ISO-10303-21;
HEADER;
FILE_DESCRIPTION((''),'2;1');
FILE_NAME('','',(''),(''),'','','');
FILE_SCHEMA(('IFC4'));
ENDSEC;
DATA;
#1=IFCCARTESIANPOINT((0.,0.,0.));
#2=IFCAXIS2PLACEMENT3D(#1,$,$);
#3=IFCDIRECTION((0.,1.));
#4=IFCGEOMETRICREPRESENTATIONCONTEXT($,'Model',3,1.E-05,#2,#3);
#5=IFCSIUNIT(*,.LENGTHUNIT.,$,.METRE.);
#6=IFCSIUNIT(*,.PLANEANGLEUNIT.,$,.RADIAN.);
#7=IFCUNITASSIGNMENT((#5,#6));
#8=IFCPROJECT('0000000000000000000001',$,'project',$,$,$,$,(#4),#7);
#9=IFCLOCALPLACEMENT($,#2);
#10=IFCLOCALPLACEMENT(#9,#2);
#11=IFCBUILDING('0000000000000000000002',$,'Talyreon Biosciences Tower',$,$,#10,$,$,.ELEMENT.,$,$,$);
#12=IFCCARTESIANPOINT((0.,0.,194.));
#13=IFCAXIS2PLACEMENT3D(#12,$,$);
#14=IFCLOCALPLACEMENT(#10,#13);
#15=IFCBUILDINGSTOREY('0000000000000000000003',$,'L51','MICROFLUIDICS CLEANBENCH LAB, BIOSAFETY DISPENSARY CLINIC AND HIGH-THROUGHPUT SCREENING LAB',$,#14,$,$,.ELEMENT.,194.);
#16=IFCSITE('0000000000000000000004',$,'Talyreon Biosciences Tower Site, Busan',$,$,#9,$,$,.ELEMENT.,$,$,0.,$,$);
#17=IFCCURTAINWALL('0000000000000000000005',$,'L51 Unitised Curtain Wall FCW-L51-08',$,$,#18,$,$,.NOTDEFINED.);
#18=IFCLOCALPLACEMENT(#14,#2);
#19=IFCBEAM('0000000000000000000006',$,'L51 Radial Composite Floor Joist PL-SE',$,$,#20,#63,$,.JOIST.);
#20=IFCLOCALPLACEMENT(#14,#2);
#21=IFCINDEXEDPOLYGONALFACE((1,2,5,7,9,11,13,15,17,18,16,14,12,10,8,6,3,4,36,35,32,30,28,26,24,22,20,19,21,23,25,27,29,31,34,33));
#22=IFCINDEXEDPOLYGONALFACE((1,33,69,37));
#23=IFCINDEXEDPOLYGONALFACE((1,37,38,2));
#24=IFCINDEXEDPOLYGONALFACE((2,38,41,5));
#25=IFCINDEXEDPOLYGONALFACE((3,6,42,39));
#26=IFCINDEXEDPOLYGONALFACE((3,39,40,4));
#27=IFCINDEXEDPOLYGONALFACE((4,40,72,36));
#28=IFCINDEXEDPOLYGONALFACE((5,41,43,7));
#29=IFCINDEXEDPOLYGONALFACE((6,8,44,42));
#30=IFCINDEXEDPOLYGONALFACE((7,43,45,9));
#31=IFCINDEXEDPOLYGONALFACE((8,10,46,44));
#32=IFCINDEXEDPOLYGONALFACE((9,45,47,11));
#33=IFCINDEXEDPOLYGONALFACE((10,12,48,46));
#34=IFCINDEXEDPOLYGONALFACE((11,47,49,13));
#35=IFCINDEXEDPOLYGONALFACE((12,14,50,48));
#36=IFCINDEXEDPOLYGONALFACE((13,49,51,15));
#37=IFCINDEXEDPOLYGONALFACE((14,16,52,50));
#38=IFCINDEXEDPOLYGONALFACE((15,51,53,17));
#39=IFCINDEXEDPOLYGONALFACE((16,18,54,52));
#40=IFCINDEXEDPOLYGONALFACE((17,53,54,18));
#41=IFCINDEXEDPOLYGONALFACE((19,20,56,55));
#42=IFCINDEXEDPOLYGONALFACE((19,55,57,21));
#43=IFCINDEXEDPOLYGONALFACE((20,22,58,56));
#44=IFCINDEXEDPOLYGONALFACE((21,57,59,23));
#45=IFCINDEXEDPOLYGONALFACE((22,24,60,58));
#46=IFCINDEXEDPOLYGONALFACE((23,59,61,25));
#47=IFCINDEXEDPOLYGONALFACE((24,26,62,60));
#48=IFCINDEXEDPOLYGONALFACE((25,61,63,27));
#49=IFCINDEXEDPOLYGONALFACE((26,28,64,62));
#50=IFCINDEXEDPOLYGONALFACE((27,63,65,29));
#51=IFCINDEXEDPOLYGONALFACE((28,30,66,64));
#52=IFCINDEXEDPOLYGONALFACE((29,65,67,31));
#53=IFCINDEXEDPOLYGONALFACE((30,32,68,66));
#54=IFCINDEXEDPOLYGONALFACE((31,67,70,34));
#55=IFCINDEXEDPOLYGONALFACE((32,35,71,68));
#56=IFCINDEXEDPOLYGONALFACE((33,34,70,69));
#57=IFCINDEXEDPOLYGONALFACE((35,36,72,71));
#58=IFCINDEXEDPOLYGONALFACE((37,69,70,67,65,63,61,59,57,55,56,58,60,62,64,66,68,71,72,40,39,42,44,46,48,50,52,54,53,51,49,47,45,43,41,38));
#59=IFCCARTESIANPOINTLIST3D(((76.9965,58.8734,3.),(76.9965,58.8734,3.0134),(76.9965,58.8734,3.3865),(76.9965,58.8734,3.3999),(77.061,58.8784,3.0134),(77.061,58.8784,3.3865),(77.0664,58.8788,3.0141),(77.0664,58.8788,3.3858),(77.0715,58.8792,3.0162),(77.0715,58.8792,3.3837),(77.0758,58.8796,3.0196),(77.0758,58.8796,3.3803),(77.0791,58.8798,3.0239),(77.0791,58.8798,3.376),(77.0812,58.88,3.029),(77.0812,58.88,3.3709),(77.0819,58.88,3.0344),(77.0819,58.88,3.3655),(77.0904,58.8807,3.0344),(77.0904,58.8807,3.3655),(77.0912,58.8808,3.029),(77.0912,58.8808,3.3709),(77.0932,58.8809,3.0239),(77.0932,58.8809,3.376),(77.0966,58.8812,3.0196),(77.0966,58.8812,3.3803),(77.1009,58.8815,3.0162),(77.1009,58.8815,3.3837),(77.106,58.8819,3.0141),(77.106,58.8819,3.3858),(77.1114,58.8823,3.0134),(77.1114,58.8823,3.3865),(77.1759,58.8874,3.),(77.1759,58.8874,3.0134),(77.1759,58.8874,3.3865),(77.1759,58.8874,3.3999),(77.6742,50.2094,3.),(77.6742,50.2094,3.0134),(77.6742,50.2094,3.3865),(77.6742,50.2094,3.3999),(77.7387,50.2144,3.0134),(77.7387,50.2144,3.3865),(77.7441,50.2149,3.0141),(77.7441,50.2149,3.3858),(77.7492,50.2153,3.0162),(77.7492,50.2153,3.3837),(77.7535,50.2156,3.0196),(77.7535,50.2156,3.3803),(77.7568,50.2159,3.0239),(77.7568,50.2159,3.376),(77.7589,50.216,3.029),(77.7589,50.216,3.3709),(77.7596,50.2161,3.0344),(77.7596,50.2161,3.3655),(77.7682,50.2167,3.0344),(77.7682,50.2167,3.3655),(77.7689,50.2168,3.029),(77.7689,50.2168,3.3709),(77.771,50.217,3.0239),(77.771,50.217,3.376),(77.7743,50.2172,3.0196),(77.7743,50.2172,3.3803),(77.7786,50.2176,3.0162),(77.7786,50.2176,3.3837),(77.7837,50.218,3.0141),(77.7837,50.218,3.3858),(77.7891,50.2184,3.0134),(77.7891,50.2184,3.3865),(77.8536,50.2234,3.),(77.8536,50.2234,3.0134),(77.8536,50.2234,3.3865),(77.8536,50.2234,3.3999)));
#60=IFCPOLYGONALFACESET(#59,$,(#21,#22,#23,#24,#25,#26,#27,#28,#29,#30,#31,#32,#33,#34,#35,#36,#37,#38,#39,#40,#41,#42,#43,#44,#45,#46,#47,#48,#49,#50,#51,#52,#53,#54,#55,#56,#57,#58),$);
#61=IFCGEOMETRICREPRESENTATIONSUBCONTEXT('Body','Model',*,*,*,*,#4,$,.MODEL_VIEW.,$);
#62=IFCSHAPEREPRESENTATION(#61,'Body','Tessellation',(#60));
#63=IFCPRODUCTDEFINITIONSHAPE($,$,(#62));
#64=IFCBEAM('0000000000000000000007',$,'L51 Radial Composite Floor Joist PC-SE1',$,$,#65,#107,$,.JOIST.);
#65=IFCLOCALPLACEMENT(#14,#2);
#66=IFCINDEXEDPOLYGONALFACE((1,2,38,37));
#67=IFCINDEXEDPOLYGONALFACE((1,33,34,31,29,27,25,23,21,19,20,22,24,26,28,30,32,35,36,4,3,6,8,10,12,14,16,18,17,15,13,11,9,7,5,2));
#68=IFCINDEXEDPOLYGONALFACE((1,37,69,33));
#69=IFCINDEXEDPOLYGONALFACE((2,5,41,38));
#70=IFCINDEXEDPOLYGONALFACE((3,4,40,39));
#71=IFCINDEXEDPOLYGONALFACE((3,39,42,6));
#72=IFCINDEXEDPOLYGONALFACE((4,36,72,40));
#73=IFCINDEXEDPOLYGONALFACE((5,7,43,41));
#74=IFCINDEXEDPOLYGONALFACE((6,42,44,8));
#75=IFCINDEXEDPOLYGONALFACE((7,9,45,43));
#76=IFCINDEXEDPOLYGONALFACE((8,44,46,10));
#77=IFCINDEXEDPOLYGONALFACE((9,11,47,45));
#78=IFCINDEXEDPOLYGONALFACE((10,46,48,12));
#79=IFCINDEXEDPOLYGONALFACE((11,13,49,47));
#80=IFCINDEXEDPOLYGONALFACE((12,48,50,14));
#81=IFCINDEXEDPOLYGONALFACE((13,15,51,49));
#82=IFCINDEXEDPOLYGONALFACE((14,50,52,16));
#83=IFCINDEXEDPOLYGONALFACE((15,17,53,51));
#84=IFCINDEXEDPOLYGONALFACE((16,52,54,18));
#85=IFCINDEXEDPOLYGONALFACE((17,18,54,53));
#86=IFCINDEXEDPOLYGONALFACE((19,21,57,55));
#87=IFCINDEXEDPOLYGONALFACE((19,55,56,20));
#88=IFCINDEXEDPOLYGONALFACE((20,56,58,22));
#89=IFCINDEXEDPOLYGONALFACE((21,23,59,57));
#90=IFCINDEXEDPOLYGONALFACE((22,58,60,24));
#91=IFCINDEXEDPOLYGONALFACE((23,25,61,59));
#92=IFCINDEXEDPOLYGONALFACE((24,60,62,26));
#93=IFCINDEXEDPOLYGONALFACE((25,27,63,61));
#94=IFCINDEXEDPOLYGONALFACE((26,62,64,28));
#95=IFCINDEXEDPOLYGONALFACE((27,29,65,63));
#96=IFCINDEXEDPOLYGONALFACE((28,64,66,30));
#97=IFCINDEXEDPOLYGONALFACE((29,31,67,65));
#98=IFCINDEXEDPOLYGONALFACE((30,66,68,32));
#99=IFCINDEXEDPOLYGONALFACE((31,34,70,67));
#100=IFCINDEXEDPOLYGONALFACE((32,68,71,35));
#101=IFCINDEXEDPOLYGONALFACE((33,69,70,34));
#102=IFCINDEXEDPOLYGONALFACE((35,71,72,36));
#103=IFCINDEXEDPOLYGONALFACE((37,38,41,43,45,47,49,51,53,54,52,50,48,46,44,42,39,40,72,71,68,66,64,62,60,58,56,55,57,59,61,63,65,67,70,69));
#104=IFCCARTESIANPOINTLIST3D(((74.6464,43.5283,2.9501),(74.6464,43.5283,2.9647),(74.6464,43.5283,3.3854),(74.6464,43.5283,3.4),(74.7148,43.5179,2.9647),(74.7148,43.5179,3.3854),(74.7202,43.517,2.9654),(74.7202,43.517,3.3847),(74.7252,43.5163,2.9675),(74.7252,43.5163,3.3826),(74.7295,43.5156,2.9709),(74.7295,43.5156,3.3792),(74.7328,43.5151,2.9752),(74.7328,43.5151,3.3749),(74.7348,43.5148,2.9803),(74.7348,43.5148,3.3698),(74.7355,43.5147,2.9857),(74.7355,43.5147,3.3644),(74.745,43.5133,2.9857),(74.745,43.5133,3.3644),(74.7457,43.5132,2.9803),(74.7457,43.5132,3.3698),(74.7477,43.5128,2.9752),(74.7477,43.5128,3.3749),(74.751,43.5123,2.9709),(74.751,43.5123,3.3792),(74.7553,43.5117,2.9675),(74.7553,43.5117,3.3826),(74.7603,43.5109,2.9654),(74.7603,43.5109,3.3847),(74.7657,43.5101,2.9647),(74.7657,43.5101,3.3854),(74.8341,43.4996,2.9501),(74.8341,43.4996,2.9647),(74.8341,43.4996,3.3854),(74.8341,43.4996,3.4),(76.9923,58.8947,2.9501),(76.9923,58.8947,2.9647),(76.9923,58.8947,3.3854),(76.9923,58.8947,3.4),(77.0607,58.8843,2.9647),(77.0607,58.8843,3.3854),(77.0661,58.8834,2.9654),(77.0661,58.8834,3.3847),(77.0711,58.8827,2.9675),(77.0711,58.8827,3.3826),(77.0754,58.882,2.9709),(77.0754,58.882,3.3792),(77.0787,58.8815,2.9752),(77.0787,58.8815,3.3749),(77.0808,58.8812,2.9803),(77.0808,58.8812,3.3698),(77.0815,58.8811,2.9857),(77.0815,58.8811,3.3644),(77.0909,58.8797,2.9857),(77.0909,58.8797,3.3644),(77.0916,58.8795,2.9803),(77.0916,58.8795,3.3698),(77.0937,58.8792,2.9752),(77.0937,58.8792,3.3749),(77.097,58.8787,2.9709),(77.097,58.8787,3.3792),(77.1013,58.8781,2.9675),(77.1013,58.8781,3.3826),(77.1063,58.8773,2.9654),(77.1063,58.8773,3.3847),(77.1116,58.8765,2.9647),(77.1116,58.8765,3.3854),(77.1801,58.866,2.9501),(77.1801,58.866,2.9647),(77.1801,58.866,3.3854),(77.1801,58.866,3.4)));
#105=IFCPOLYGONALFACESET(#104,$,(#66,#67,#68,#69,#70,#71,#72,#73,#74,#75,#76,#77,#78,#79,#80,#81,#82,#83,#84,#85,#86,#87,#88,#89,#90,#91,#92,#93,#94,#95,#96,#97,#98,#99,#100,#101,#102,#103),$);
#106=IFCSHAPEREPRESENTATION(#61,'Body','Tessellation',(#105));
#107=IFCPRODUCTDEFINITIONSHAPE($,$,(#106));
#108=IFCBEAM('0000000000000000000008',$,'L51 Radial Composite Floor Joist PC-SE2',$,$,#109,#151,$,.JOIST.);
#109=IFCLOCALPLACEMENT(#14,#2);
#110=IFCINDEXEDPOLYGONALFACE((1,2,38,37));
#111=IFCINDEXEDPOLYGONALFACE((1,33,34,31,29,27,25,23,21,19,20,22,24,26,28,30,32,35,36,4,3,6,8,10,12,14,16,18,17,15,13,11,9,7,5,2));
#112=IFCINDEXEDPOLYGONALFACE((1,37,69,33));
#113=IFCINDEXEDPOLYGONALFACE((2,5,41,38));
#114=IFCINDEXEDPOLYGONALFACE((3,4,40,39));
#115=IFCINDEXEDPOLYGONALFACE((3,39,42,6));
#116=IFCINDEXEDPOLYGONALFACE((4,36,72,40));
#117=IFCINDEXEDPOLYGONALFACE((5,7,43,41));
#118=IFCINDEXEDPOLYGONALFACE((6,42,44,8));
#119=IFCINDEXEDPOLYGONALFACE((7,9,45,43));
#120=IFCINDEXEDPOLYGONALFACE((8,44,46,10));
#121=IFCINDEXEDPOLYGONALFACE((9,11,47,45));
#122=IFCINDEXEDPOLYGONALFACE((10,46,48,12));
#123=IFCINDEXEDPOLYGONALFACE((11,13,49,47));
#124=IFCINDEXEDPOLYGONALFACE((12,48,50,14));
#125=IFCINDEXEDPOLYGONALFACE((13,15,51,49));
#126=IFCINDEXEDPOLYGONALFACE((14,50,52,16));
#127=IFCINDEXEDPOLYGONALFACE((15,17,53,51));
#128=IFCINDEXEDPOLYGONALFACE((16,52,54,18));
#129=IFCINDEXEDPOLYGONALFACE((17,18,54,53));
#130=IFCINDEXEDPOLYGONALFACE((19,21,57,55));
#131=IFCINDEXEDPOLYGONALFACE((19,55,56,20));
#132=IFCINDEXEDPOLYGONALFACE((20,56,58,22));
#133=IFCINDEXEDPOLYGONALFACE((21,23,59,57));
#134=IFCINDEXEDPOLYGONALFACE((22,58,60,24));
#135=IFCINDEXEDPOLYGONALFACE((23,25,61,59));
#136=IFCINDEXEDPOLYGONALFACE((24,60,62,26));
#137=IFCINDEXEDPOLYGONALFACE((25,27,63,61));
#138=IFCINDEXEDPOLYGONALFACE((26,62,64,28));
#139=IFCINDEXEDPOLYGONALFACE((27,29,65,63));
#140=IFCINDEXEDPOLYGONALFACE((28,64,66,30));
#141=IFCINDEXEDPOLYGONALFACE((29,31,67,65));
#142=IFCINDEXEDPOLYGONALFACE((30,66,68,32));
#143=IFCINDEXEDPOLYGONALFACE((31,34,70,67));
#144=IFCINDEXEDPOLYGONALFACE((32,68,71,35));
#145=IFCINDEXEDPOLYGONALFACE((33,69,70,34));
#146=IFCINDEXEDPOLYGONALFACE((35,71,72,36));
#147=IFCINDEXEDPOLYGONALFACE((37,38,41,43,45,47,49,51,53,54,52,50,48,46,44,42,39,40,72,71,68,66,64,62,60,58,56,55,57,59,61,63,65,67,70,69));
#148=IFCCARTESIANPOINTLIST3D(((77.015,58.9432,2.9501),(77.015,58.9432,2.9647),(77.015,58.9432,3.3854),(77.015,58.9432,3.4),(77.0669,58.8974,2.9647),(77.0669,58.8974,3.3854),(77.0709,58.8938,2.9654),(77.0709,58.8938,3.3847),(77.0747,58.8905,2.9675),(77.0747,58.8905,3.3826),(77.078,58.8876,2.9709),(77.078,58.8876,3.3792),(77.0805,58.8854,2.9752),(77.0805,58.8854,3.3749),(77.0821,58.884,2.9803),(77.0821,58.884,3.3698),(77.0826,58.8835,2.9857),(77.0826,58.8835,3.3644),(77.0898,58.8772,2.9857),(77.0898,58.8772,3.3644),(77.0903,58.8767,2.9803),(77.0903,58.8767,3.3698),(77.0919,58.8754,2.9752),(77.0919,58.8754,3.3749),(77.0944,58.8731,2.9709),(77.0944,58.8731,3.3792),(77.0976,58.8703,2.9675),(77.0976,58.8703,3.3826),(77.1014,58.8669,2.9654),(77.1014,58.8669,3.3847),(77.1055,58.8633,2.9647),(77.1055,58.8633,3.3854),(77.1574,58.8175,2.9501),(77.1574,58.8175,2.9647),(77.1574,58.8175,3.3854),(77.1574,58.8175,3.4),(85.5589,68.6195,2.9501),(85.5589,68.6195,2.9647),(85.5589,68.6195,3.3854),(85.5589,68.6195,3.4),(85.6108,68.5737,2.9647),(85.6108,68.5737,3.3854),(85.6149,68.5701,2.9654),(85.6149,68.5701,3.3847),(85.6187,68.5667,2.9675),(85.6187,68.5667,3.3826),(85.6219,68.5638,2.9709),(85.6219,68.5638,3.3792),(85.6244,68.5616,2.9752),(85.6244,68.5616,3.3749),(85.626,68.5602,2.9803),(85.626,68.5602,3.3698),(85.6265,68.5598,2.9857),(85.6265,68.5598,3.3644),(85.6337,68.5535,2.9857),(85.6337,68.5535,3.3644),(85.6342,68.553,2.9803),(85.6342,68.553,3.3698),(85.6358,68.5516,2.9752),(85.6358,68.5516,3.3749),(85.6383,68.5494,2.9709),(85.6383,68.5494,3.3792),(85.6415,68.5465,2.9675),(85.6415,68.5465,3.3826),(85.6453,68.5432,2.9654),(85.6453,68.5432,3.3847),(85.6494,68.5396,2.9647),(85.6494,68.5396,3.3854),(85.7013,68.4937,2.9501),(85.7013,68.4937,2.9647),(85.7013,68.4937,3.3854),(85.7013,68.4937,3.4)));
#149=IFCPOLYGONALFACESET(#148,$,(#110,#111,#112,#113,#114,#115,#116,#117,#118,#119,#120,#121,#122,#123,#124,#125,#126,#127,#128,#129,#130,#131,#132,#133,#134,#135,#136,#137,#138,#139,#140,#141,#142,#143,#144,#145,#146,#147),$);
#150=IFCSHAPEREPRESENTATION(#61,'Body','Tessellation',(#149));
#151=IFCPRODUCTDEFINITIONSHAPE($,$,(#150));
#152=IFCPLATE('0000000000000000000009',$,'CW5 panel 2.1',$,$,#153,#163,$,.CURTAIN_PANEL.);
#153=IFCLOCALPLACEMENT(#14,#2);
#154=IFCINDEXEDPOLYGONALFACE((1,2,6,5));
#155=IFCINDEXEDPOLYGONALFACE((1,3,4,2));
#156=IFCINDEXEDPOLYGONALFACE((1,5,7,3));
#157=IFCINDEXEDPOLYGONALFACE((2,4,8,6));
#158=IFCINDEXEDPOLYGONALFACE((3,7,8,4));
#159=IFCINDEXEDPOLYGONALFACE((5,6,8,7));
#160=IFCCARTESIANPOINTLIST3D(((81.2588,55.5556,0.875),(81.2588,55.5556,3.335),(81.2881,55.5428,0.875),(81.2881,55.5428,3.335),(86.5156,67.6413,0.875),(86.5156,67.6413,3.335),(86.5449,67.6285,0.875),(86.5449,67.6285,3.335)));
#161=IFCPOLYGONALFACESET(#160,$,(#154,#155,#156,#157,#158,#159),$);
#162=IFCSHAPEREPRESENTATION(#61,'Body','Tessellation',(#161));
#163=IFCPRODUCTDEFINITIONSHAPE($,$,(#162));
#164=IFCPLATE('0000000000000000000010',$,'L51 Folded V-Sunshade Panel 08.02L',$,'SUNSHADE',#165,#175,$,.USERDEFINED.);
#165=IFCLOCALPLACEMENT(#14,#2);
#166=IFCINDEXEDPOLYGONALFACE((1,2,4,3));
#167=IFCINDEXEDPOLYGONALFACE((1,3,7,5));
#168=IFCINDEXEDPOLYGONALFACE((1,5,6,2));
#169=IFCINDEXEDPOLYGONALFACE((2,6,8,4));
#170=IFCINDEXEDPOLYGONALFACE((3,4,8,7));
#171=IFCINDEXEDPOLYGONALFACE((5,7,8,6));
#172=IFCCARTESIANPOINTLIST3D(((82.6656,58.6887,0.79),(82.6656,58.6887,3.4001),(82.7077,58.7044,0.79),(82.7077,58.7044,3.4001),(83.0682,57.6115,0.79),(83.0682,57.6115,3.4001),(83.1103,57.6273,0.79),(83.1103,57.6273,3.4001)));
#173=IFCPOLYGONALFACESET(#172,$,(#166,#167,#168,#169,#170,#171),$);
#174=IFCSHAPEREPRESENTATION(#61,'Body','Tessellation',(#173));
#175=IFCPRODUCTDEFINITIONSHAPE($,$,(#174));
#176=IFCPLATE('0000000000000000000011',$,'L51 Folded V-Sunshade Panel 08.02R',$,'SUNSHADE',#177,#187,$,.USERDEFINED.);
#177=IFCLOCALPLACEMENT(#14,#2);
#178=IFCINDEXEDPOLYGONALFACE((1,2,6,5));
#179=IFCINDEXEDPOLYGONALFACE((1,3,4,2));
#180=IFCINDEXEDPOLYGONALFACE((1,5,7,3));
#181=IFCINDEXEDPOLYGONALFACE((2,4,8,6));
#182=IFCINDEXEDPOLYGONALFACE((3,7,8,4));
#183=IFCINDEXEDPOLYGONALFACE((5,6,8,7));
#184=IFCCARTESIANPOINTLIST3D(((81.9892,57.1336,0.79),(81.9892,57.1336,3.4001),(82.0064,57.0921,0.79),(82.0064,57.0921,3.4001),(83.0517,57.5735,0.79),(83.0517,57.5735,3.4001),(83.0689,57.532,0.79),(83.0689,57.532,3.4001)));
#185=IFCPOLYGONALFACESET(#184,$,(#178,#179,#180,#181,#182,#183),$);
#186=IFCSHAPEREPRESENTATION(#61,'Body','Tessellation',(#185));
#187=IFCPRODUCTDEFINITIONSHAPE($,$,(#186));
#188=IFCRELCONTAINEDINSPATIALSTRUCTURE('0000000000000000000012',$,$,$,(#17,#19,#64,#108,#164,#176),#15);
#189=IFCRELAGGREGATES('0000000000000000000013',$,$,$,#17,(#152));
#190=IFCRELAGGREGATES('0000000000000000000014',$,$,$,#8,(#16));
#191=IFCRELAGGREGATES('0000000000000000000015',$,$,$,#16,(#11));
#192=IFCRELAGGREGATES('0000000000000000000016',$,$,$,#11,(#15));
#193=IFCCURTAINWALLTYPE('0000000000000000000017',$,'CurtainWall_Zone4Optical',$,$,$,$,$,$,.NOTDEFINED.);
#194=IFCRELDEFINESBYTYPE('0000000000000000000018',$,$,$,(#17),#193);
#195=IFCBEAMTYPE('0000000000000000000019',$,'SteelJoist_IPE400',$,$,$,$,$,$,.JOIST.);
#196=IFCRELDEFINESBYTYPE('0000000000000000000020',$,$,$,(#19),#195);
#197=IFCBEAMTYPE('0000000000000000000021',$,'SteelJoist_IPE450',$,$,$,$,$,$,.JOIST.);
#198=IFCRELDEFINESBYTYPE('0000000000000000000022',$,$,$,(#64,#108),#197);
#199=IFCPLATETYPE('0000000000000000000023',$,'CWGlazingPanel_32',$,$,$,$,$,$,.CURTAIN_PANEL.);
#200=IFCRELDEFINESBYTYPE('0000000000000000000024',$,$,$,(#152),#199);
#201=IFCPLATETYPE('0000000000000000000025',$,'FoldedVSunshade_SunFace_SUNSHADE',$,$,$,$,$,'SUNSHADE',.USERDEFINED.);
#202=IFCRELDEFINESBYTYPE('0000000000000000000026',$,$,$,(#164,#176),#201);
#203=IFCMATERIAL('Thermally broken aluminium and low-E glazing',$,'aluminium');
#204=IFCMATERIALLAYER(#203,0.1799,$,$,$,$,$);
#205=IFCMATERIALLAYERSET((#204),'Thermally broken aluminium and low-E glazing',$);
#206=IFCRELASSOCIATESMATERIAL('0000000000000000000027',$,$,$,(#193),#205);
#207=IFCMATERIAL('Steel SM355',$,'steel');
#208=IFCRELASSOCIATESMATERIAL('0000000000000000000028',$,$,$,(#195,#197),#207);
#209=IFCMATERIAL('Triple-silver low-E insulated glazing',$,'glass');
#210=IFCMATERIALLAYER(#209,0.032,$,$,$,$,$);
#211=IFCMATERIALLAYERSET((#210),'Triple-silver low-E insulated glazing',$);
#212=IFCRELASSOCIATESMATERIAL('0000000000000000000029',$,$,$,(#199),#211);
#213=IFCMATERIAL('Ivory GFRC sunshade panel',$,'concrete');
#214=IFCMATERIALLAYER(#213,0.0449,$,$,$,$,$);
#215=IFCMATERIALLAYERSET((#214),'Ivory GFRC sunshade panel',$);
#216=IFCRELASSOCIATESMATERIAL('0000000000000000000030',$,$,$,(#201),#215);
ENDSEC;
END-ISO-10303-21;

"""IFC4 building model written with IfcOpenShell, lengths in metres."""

from ifc_helpers import new_model, si_unit, direction, frame, origin, origin_2d, place, context, subcontext, project, spatial, rectangle, i_section, extrude, material, layer, layer_set, material_profile, profile_set, type_object, element, aggregate, save


model = new_model("IFC4")

# Units and contexts
model_context = context("Model", 3, precision=1e-05, world=origin(), true_north=direction((0.0, 1.0)))
body_context = subcontext(model_context, "Body", "Model", "MODEL_VIEW")
ifc_project = project(units=[si_unit("LENGTHUNIT", "METRE"), si_unit("PLANEANGLEUNIT", "RADIAN")], contexts=[model_context])

# Site, building, storey
site_placement = place(None, origin())
site = spatial("IfcSite", under=ifc_project, at=site_placement, Name="Talyreon Biosciences Tower Site, Busan", CompositionType="ELEMENT", RefElevation=0.0)
building_placement = place(site_placement, origin())
building = spatial("IfcBuilding", under=site, at=building_placement, Name="Talyreon Biosciences Tower", CompositionType="ELEMENT")
storey_placement = place(building_placement, frame((0.0, 0.0, 194.0)))
storey = spatial("IfcBuildingStorey", under=building, at=storey_placement, Name="L51", Description="MICROFLUIDICS CLEANBENCH LAB, BIOSAFETY DISPENSARY CLINIC AND HIGH-THROUGHPUT SCREENING LAB", CompositionType="ELEMENT", Elevation=194.0)

# Curtain wall
ifc_material_1 = material(Name="Thermally broken aluminium and low-E glazing", Category="aluminium")
ifc_layer_1 = layer(ifc_material_1, 0.1799)
ifc_layer_set_1 = layer_set([ifc_layer_1], Name="Thermally broken aluminium and low-E glazing")
curtain_wall_type = type_object("IfcCurtainWallType", Name="CurtainWall_Zone4Optical", PredefinedType="NOTDEFINED", material=ifc_layer_set_1)
curtain_wall_placement = place(storey_placement, origin())
curtain_wall = element("IfcCurtainWall", 1, at=curtain_wall_placement, inside=storey, type_object=curtain_wall_type, Name="L51 Unitised Curtain Wall FCW-L51-08", PredefinedType="NOTDEFINED")

# Beams
ifc_material_2 = material(Name="Steel SM355", Category="steel")
ifc_material_profile_1 = material_profile(ifc_material_2, i_section(OverallWidth=0.1799, OverallDepth=0.3999, WebThickness=0.0085, FlangeThickness=0.0134, FilletRadius=0.021, at=origin_2d()), Name="IPE400")
ifc_profile_set_1 = profile_set([ifc_material_profile_1], Name="Steel SM355")
beam_type_1 = type_object("IfcBeamType", Name="SteelJoist_IPE400", PredefinedType="JOIST", material=ifc_profile_set_1)
beam_1_placement = place(storey_placement, frame((77.0862, 58.8804, 3.2), z_axis=(0.077985, -0.996955, 0.0), x_axis=(0.996955, 0.077985, 0.0)))
element("IfcBeam", 2, at=beam_1_placement, inside=storey, type_object=beam_type_1, Name="L51 Radial Composite Floor Joist PL-SE", PredefinedType="JOIST", context=body_context, shape_type="SweptSolid", body=[
    extrude(i_section(OverallWidth=0.1799, OverallDepth=0.3999, WebThickness=0.0085, FlangeThickness=0.0134, FilletRadius=0.021, at=origin_2d()), origin(), (0.0, 0.0, 1.0), 8.6904),
])
ifc_material_profile_2 = material_profile(ifc_material_2, i_section(OverallWidth=0.1899, OverallDepth=0.45, WebThickness=0.0095, FlangeThickness=0.0146, FilletRadius=0.021, at=origin_2d()), Name="IPE450")
ifc_profile_set_2 = profile_set([ifc_material_profile_2], Name="Steel SM355")
beam_type_2 = type_object("IfcBeamType", Name="SteelJoist_IPE450", PredefinedType="JOIST", material=ifc_profile_set_2)
beam_2_placement = place(storey_placement, frame((77.0862, 58.8804, 3.175), z_axis=(-0.150918, -0.988546, 0.0), x_axis=(0.988546, -0.150918, 0.0)))
element("IfcBeam", 3, at=beam_2_placement, inside=storey, type_object=beam_type_2, Name="L51 Radial Composite Floor Joist PC-SE1", PredefinedType="JOIST", context=body_context, shape_type="SweptSolid", body=[
    extrude(i_section(OverallWidth=0.1899, OverallDepth=0.45, WebThickness=0.0095, FlangeThickness=0.0146, FilletRadius=0.021, at=origin_2d()), origin(), (0.0, 0.0, 1.0), 15.5444),
])
beam_3_placement = place(storey_placement, frame((77.0862, 58.8804, 3.175), z_axis=(0.661886, 0.749605, 0.0), x_axis=(-0.749605, 0.661886, 0.0)))
element("IfcBeam", 4, at=beam_3_placement, inside=storey, type_object=beam_type_2, Name="L51 Radial Composite Floor Joist PC-SE2", PredefinedType="JOIST", context=body_context, shape_type="SweptSolid", body=[
    extrude(i_section(OverallWidth=0.1899, OverallDepth=0.45, WebThickness=0.0095, FlangeThickness=0.0146, FilletRadius=0.021, at=origin_2d()), origin(), (0.0, 0.0, 1.0), 12.9084),
])

# Plate
ifc_material_3 = material(Name="Triple-silver low-E insulated glazing", Category="glass")
ifc_layer_2 = layer(ifc_material_3, 0.032)
ifc_layer_set_2 = layer_set([ifc_layer_2], Name="Triple-silver low-E insulated glazing")
plate_type_1 = type_object("IfcPlateType", Name="CWGlazingPanel_32", PredefinedType="CURTAIN_PANEL", material=ifc_layer_set_2)
plate_placement = place(storey_placement, frame((83.9019, 61.592, 0.875), z_axis=(0.0, 0.0, 1.0), x_axis=(-0.398862, -0.917011, 0.0)))
plate = element("IfcPlate", 5, at=plate_placement, type_object=plate_type_1, Name="CW5 panel 2.1", PredefinedType="CURTAIN_PANEL", context=body_context, shape_type="SweptSolid", body=[
    extrude(rectangle(XDim=13.1794, YDim=0.032, at=origin_2d()), origin(), (0.0, 0.0, 1.0), 2.46),
])
aggregate(curtain_wall, [plate])

# Plates
ifc_material_4 = material(Name="Ivory GFRC sunshade panel", Category="concrete")
ifc_layer_3 = layer(ifc_material_4, 0.0449)
ifc_layer_set_3 = layer_set([ifc_layer_3], Name="Ivory GFRC sunshade panel")
plate_type_2 = type_object("IfcPlateType", Name="FoldedVSunshade_SunFace_SUNSHADE", ElementType="SUNSHADE", PredefinedType="USERDEFINED", material=ifc_layer_set_3)
for number, where, z_axis, x_axis, name in (
    (6, (82.8879, 58.158, 0.79), (0.0, 0.0, 1.0), (0.350093, -0.936715, 0.0), "L51 Folded V-Sunshade Panel 08.02L"),
    (7, (82.5291, 57.3328, 0.79), (0.0, 0.0, 1.0), (-0.923926, -0.382571, 0.0), "L51 Folded V-Sunshade Panel 08.02R"),
):
    element("IfcPlate", number, at=place(storey_placement, frame(where, z_axis=z_axis, x_axis=x_axis)), inside=storey, type_object=plate_type_2, Name=name, ObjectType="SUNSHADE", PredefinedType="USERDEFINED", context=body_context, shape_type="SweptSolid", body=[
        extrude(rectangle(XDim=1.1499, YDim=0.0449, at=origin_2d()), origin(), (0.0, 0.0, 1.0), 2.6101),
    ])

save(model, "model.ifc")
